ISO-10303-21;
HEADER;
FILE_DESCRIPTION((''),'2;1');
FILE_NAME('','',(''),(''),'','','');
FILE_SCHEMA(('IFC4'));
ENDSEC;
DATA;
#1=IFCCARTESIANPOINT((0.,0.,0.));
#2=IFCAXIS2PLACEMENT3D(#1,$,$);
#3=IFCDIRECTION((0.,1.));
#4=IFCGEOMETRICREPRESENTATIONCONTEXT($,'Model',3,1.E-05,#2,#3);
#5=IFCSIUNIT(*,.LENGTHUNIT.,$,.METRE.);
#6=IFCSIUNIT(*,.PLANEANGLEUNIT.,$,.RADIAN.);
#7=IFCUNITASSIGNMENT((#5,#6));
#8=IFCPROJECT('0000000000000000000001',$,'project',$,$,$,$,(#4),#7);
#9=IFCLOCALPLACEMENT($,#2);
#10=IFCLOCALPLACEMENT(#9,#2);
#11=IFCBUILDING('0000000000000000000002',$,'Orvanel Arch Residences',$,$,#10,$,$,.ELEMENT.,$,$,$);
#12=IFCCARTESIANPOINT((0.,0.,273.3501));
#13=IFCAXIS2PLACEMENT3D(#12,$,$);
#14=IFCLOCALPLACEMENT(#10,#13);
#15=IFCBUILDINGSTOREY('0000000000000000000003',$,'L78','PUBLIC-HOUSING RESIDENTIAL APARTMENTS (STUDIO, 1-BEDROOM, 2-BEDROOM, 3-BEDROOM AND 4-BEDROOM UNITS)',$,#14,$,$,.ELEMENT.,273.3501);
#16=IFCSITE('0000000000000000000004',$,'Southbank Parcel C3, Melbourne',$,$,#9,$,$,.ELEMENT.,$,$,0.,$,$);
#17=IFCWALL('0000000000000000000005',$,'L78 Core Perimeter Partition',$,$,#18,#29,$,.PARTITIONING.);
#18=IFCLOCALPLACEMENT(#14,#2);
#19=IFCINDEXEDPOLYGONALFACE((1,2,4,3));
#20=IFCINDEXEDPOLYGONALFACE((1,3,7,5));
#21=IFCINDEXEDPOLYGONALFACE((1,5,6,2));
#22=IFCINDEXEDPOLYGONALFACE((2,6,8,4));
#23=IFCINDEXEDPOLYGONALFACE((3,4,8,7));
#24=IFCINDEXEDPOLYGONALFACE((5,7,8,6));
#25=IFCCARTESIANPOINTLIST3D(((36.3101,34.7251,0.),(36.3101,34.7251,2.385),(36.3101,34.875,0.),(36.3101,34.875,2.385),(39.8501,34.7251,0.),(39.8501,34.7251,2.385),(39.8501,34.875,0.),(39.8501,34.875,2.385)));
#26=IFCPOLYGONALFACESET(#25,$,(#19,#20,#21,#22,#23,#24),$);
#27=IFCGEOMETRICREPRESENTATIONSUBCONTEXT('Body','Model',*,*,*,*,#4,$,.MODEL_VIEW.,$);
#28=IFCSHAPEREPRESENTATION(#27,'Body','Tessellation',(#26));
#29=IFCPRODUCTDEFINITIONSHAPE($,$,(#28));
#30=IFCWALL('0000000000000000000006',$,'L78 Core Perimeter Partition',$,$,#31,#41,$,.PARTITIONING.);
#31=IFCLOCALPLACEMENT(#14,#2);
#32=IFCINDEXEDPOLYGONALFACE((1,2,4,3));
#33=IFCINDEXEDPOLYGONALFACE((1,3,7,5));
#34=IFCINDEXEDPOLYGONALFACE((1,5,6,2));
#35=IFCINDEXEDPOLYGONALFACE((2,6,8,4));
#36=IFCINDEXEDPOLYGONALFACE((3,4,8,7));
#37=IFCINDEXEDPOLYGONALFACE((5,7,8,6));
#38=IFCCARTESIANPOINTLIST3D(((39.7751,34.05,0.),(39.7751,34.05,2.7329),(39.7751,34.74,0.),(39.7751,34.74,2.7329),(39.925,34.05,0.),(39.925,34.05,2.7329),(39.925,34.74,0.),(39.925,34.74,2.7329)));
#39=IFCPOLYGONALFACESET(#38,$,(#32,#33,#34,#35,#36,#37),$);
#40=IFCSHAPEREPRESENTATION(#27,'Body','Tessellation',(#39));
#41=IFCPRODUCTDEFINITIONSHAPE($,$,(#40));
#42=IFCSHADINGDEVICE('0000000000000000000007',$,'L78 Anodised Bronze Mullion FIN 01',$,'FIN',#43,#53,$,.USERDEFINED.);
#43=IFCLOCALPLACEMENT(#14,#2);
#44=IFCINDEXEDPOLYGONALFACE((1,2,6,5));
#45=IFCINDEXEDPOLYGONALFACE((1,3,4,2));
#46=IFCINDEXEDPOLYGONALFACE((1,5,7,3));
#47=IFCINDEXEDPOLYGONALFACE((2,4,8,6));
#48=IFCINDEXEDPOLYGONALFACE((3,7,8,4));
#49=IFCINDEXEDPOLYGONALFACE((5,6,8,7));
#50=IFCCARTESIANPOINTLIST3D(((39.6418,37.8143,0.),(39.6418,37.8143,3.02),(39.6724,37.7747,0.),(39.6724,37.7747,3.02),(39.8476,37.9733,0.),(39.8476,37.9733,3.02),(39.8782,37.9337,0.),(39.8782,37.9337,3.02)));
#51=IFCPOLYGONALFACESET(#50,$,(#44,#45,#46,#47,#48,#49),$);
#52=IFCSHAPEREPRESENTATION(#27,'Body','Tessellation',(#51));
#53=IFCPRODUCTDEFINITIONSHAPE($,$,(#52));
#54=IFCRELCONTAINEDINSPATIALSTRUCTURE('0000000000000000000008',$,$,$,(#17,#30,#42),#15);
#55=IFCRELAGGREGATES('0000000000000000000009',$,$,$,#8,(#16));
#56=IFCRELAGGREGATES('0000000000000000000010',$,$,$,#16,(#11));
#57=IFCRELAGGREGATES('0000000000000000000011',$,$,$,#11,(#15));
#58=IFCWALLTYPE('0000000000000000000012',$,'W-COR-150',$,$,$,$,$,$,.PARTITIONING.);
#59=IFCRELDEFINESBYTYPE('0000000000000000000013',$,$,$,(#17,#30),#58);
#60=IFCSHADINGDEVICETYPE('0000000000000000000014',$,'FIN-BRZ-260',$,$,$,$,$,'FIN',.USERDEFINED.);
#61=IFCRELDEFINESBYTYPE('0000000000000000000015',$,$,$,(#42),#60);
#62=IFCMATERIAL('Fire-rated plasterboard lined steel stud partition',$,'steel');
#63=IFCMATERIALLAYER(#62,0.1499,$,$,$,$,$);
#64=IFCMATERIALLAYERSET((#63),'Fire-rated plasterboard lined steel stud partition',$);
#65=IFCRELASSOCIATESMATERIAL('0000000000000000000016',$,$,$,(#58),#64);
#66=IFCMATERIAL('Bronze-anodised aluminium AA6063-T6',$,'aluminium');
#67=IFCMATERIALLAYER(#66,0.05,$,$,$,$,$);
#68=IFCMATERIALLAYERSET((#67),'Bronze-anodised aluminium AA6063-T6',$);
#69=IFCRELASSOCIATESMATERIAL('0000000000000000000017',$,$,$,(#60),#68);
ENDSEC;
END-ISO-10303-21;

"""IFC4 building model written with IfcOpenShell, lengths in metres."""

from ifc_helpers import new_model, si_unit, direction, frame, frame_2d, origin, origin_2d, place, context, subcontext, project, spatial, rectangle, extrude, material, layer, layer_set, type_object, element, save


model = new_model("IFC4")

# Units and contexts
model_context = context("Model", 3, precision=1e-05, world=origin(), true_north=direction((0.0, 1.0)))
body_context = subcontext(model_context, "Body", "Model", "MODEL_VIEW")
ifc_project = project(units=[si_unit("LENGTHUNIT", "METRE"), si_unit("PLANEANGLEUNIT", "RADIAN")], contexts=[model_context])

# Site, building, storey
site_placement = place(None, origin())
site = spatial("IfcSite", under=ifc_project, at=site_placement, Name="Southbank Parcel C3, Melbourne", CompositionType="ELEMENT", RefElevation=0.0)
building_placement = place(site_placement, origin())
building = spatial("IfcBuilding", under=site, at=building_placement, Name="Orvanel Arch Residences", CompositionType="ELEMENT")
storey_placement = place(building_placement, frame((0.0, 0.0, 273.3501)))
storey = spatial("IfcBuildingStorey", under=building, at=storey_placement, Name="L78", Description="PUBLIC-HOUSING RESIDENTIAL APARTMENTS (STUDIO, 1-BEDROOM, 2-BEDROOM, 3-BEDROOM AND 4-BEDROOM UNITS)", CompositionType="ELEMENT", Elevation=273.3501)

# Shared definitions
ifc_material_1 = material(Name="Bronze-anodised aluminium AA6063-T6", Category="aluminium")

# Walls
ifc_material_2 = material(Name="Fire-rated plasterboard lined steel stud partition", Category="steel")
ifc_layer_1 = layer(ifc_material_2, 0.1499)
ifc_layer_set_1 = layer_set([ifc_layer_1], Name="Fire-rated plasterboard lined steel stud partition")
wall_type_1 = type_object("IfcWallType", Name="W-COR-150", PredefinedType="PARTITIONING", material=ifc_layer_set_1)
wall_1_placement = place(storey_placement, frame((36.3101, 34.8, 0.0), z_axis=(0.0, 0.0, 1.0), x_axis=(1.0, 0.0, 0.0)))
element("IfcWall", 1, at=wall_1_placement, inside=storey, type_object=wall_type_1, Name="L78 Core Perimeter Partition", PredefinedType="PARTITIONING", context=body_context, shape_type="SweptSolid", body=[
    extrude(rectangle(XDim=3.54, YDim=0.1499, at=frame_2d((1.77, 0.0))), origin(), (0.0, 0.0, 1.0), 2.385),
])
wall_2_placement = place(storey_placement, frame((39.8501, 34.74, 0.0), z_axis=(0.0, 0.0, 1.0), x_axis=(0.0, -1.0, 0.0)))
element("IfcWall", 2, at=wall_2_placement, inside=storey, type_object=wall_type_1, Name="L78 Core Perimeter Partition", PredefinedType="PARTITIONING", context=body_context, shape_type="SweptSolid", body=[
    extrude(rectangle(XDim=0.6899, YDim=0.1499, at=frame_2d((0.345, 0.0))), origin(), (0.0, 0.0, 1.0), 2.7329),
])

# Shading device
ifc_layer_2 = layer(ifc_material_1, 0.05)
ifc_layer_set_2 = layer_set([ifc_layer_2], Name="Bronze-anodised aluminium AA6063-T6")
shading_device_type = type_object("IfcShadingDeviceType", Name="FIN-BRZ-260", ElementType="FIN", PredefinedType="USERDEFINED", material=ifc_layer_set_2)
shading_device_placement = place(storey_placement, frame((39.76, 37.874, 0.0), z_axis=(0.0, 0.0, 1.0), x_axis=(0.791224, 0.611527, 0.0)))
element("IfcShadingDevice", 3, at=shading_device_placement, inside=storey, type_object=shading_device_type, Name="L78 Anodised Bronze Mullion FIN 01", ObjectType="FIN", PredefinedType="USERDEFINED", context=body_context, shape_type="SweptSolid", body=[
    extrude(rectangle(XDim=0.26, YDim=0.05, at=origin_2d()), origin(), (0.0, 0.0, 1.0), 3.02),
])

save(model, "model.ifc")
